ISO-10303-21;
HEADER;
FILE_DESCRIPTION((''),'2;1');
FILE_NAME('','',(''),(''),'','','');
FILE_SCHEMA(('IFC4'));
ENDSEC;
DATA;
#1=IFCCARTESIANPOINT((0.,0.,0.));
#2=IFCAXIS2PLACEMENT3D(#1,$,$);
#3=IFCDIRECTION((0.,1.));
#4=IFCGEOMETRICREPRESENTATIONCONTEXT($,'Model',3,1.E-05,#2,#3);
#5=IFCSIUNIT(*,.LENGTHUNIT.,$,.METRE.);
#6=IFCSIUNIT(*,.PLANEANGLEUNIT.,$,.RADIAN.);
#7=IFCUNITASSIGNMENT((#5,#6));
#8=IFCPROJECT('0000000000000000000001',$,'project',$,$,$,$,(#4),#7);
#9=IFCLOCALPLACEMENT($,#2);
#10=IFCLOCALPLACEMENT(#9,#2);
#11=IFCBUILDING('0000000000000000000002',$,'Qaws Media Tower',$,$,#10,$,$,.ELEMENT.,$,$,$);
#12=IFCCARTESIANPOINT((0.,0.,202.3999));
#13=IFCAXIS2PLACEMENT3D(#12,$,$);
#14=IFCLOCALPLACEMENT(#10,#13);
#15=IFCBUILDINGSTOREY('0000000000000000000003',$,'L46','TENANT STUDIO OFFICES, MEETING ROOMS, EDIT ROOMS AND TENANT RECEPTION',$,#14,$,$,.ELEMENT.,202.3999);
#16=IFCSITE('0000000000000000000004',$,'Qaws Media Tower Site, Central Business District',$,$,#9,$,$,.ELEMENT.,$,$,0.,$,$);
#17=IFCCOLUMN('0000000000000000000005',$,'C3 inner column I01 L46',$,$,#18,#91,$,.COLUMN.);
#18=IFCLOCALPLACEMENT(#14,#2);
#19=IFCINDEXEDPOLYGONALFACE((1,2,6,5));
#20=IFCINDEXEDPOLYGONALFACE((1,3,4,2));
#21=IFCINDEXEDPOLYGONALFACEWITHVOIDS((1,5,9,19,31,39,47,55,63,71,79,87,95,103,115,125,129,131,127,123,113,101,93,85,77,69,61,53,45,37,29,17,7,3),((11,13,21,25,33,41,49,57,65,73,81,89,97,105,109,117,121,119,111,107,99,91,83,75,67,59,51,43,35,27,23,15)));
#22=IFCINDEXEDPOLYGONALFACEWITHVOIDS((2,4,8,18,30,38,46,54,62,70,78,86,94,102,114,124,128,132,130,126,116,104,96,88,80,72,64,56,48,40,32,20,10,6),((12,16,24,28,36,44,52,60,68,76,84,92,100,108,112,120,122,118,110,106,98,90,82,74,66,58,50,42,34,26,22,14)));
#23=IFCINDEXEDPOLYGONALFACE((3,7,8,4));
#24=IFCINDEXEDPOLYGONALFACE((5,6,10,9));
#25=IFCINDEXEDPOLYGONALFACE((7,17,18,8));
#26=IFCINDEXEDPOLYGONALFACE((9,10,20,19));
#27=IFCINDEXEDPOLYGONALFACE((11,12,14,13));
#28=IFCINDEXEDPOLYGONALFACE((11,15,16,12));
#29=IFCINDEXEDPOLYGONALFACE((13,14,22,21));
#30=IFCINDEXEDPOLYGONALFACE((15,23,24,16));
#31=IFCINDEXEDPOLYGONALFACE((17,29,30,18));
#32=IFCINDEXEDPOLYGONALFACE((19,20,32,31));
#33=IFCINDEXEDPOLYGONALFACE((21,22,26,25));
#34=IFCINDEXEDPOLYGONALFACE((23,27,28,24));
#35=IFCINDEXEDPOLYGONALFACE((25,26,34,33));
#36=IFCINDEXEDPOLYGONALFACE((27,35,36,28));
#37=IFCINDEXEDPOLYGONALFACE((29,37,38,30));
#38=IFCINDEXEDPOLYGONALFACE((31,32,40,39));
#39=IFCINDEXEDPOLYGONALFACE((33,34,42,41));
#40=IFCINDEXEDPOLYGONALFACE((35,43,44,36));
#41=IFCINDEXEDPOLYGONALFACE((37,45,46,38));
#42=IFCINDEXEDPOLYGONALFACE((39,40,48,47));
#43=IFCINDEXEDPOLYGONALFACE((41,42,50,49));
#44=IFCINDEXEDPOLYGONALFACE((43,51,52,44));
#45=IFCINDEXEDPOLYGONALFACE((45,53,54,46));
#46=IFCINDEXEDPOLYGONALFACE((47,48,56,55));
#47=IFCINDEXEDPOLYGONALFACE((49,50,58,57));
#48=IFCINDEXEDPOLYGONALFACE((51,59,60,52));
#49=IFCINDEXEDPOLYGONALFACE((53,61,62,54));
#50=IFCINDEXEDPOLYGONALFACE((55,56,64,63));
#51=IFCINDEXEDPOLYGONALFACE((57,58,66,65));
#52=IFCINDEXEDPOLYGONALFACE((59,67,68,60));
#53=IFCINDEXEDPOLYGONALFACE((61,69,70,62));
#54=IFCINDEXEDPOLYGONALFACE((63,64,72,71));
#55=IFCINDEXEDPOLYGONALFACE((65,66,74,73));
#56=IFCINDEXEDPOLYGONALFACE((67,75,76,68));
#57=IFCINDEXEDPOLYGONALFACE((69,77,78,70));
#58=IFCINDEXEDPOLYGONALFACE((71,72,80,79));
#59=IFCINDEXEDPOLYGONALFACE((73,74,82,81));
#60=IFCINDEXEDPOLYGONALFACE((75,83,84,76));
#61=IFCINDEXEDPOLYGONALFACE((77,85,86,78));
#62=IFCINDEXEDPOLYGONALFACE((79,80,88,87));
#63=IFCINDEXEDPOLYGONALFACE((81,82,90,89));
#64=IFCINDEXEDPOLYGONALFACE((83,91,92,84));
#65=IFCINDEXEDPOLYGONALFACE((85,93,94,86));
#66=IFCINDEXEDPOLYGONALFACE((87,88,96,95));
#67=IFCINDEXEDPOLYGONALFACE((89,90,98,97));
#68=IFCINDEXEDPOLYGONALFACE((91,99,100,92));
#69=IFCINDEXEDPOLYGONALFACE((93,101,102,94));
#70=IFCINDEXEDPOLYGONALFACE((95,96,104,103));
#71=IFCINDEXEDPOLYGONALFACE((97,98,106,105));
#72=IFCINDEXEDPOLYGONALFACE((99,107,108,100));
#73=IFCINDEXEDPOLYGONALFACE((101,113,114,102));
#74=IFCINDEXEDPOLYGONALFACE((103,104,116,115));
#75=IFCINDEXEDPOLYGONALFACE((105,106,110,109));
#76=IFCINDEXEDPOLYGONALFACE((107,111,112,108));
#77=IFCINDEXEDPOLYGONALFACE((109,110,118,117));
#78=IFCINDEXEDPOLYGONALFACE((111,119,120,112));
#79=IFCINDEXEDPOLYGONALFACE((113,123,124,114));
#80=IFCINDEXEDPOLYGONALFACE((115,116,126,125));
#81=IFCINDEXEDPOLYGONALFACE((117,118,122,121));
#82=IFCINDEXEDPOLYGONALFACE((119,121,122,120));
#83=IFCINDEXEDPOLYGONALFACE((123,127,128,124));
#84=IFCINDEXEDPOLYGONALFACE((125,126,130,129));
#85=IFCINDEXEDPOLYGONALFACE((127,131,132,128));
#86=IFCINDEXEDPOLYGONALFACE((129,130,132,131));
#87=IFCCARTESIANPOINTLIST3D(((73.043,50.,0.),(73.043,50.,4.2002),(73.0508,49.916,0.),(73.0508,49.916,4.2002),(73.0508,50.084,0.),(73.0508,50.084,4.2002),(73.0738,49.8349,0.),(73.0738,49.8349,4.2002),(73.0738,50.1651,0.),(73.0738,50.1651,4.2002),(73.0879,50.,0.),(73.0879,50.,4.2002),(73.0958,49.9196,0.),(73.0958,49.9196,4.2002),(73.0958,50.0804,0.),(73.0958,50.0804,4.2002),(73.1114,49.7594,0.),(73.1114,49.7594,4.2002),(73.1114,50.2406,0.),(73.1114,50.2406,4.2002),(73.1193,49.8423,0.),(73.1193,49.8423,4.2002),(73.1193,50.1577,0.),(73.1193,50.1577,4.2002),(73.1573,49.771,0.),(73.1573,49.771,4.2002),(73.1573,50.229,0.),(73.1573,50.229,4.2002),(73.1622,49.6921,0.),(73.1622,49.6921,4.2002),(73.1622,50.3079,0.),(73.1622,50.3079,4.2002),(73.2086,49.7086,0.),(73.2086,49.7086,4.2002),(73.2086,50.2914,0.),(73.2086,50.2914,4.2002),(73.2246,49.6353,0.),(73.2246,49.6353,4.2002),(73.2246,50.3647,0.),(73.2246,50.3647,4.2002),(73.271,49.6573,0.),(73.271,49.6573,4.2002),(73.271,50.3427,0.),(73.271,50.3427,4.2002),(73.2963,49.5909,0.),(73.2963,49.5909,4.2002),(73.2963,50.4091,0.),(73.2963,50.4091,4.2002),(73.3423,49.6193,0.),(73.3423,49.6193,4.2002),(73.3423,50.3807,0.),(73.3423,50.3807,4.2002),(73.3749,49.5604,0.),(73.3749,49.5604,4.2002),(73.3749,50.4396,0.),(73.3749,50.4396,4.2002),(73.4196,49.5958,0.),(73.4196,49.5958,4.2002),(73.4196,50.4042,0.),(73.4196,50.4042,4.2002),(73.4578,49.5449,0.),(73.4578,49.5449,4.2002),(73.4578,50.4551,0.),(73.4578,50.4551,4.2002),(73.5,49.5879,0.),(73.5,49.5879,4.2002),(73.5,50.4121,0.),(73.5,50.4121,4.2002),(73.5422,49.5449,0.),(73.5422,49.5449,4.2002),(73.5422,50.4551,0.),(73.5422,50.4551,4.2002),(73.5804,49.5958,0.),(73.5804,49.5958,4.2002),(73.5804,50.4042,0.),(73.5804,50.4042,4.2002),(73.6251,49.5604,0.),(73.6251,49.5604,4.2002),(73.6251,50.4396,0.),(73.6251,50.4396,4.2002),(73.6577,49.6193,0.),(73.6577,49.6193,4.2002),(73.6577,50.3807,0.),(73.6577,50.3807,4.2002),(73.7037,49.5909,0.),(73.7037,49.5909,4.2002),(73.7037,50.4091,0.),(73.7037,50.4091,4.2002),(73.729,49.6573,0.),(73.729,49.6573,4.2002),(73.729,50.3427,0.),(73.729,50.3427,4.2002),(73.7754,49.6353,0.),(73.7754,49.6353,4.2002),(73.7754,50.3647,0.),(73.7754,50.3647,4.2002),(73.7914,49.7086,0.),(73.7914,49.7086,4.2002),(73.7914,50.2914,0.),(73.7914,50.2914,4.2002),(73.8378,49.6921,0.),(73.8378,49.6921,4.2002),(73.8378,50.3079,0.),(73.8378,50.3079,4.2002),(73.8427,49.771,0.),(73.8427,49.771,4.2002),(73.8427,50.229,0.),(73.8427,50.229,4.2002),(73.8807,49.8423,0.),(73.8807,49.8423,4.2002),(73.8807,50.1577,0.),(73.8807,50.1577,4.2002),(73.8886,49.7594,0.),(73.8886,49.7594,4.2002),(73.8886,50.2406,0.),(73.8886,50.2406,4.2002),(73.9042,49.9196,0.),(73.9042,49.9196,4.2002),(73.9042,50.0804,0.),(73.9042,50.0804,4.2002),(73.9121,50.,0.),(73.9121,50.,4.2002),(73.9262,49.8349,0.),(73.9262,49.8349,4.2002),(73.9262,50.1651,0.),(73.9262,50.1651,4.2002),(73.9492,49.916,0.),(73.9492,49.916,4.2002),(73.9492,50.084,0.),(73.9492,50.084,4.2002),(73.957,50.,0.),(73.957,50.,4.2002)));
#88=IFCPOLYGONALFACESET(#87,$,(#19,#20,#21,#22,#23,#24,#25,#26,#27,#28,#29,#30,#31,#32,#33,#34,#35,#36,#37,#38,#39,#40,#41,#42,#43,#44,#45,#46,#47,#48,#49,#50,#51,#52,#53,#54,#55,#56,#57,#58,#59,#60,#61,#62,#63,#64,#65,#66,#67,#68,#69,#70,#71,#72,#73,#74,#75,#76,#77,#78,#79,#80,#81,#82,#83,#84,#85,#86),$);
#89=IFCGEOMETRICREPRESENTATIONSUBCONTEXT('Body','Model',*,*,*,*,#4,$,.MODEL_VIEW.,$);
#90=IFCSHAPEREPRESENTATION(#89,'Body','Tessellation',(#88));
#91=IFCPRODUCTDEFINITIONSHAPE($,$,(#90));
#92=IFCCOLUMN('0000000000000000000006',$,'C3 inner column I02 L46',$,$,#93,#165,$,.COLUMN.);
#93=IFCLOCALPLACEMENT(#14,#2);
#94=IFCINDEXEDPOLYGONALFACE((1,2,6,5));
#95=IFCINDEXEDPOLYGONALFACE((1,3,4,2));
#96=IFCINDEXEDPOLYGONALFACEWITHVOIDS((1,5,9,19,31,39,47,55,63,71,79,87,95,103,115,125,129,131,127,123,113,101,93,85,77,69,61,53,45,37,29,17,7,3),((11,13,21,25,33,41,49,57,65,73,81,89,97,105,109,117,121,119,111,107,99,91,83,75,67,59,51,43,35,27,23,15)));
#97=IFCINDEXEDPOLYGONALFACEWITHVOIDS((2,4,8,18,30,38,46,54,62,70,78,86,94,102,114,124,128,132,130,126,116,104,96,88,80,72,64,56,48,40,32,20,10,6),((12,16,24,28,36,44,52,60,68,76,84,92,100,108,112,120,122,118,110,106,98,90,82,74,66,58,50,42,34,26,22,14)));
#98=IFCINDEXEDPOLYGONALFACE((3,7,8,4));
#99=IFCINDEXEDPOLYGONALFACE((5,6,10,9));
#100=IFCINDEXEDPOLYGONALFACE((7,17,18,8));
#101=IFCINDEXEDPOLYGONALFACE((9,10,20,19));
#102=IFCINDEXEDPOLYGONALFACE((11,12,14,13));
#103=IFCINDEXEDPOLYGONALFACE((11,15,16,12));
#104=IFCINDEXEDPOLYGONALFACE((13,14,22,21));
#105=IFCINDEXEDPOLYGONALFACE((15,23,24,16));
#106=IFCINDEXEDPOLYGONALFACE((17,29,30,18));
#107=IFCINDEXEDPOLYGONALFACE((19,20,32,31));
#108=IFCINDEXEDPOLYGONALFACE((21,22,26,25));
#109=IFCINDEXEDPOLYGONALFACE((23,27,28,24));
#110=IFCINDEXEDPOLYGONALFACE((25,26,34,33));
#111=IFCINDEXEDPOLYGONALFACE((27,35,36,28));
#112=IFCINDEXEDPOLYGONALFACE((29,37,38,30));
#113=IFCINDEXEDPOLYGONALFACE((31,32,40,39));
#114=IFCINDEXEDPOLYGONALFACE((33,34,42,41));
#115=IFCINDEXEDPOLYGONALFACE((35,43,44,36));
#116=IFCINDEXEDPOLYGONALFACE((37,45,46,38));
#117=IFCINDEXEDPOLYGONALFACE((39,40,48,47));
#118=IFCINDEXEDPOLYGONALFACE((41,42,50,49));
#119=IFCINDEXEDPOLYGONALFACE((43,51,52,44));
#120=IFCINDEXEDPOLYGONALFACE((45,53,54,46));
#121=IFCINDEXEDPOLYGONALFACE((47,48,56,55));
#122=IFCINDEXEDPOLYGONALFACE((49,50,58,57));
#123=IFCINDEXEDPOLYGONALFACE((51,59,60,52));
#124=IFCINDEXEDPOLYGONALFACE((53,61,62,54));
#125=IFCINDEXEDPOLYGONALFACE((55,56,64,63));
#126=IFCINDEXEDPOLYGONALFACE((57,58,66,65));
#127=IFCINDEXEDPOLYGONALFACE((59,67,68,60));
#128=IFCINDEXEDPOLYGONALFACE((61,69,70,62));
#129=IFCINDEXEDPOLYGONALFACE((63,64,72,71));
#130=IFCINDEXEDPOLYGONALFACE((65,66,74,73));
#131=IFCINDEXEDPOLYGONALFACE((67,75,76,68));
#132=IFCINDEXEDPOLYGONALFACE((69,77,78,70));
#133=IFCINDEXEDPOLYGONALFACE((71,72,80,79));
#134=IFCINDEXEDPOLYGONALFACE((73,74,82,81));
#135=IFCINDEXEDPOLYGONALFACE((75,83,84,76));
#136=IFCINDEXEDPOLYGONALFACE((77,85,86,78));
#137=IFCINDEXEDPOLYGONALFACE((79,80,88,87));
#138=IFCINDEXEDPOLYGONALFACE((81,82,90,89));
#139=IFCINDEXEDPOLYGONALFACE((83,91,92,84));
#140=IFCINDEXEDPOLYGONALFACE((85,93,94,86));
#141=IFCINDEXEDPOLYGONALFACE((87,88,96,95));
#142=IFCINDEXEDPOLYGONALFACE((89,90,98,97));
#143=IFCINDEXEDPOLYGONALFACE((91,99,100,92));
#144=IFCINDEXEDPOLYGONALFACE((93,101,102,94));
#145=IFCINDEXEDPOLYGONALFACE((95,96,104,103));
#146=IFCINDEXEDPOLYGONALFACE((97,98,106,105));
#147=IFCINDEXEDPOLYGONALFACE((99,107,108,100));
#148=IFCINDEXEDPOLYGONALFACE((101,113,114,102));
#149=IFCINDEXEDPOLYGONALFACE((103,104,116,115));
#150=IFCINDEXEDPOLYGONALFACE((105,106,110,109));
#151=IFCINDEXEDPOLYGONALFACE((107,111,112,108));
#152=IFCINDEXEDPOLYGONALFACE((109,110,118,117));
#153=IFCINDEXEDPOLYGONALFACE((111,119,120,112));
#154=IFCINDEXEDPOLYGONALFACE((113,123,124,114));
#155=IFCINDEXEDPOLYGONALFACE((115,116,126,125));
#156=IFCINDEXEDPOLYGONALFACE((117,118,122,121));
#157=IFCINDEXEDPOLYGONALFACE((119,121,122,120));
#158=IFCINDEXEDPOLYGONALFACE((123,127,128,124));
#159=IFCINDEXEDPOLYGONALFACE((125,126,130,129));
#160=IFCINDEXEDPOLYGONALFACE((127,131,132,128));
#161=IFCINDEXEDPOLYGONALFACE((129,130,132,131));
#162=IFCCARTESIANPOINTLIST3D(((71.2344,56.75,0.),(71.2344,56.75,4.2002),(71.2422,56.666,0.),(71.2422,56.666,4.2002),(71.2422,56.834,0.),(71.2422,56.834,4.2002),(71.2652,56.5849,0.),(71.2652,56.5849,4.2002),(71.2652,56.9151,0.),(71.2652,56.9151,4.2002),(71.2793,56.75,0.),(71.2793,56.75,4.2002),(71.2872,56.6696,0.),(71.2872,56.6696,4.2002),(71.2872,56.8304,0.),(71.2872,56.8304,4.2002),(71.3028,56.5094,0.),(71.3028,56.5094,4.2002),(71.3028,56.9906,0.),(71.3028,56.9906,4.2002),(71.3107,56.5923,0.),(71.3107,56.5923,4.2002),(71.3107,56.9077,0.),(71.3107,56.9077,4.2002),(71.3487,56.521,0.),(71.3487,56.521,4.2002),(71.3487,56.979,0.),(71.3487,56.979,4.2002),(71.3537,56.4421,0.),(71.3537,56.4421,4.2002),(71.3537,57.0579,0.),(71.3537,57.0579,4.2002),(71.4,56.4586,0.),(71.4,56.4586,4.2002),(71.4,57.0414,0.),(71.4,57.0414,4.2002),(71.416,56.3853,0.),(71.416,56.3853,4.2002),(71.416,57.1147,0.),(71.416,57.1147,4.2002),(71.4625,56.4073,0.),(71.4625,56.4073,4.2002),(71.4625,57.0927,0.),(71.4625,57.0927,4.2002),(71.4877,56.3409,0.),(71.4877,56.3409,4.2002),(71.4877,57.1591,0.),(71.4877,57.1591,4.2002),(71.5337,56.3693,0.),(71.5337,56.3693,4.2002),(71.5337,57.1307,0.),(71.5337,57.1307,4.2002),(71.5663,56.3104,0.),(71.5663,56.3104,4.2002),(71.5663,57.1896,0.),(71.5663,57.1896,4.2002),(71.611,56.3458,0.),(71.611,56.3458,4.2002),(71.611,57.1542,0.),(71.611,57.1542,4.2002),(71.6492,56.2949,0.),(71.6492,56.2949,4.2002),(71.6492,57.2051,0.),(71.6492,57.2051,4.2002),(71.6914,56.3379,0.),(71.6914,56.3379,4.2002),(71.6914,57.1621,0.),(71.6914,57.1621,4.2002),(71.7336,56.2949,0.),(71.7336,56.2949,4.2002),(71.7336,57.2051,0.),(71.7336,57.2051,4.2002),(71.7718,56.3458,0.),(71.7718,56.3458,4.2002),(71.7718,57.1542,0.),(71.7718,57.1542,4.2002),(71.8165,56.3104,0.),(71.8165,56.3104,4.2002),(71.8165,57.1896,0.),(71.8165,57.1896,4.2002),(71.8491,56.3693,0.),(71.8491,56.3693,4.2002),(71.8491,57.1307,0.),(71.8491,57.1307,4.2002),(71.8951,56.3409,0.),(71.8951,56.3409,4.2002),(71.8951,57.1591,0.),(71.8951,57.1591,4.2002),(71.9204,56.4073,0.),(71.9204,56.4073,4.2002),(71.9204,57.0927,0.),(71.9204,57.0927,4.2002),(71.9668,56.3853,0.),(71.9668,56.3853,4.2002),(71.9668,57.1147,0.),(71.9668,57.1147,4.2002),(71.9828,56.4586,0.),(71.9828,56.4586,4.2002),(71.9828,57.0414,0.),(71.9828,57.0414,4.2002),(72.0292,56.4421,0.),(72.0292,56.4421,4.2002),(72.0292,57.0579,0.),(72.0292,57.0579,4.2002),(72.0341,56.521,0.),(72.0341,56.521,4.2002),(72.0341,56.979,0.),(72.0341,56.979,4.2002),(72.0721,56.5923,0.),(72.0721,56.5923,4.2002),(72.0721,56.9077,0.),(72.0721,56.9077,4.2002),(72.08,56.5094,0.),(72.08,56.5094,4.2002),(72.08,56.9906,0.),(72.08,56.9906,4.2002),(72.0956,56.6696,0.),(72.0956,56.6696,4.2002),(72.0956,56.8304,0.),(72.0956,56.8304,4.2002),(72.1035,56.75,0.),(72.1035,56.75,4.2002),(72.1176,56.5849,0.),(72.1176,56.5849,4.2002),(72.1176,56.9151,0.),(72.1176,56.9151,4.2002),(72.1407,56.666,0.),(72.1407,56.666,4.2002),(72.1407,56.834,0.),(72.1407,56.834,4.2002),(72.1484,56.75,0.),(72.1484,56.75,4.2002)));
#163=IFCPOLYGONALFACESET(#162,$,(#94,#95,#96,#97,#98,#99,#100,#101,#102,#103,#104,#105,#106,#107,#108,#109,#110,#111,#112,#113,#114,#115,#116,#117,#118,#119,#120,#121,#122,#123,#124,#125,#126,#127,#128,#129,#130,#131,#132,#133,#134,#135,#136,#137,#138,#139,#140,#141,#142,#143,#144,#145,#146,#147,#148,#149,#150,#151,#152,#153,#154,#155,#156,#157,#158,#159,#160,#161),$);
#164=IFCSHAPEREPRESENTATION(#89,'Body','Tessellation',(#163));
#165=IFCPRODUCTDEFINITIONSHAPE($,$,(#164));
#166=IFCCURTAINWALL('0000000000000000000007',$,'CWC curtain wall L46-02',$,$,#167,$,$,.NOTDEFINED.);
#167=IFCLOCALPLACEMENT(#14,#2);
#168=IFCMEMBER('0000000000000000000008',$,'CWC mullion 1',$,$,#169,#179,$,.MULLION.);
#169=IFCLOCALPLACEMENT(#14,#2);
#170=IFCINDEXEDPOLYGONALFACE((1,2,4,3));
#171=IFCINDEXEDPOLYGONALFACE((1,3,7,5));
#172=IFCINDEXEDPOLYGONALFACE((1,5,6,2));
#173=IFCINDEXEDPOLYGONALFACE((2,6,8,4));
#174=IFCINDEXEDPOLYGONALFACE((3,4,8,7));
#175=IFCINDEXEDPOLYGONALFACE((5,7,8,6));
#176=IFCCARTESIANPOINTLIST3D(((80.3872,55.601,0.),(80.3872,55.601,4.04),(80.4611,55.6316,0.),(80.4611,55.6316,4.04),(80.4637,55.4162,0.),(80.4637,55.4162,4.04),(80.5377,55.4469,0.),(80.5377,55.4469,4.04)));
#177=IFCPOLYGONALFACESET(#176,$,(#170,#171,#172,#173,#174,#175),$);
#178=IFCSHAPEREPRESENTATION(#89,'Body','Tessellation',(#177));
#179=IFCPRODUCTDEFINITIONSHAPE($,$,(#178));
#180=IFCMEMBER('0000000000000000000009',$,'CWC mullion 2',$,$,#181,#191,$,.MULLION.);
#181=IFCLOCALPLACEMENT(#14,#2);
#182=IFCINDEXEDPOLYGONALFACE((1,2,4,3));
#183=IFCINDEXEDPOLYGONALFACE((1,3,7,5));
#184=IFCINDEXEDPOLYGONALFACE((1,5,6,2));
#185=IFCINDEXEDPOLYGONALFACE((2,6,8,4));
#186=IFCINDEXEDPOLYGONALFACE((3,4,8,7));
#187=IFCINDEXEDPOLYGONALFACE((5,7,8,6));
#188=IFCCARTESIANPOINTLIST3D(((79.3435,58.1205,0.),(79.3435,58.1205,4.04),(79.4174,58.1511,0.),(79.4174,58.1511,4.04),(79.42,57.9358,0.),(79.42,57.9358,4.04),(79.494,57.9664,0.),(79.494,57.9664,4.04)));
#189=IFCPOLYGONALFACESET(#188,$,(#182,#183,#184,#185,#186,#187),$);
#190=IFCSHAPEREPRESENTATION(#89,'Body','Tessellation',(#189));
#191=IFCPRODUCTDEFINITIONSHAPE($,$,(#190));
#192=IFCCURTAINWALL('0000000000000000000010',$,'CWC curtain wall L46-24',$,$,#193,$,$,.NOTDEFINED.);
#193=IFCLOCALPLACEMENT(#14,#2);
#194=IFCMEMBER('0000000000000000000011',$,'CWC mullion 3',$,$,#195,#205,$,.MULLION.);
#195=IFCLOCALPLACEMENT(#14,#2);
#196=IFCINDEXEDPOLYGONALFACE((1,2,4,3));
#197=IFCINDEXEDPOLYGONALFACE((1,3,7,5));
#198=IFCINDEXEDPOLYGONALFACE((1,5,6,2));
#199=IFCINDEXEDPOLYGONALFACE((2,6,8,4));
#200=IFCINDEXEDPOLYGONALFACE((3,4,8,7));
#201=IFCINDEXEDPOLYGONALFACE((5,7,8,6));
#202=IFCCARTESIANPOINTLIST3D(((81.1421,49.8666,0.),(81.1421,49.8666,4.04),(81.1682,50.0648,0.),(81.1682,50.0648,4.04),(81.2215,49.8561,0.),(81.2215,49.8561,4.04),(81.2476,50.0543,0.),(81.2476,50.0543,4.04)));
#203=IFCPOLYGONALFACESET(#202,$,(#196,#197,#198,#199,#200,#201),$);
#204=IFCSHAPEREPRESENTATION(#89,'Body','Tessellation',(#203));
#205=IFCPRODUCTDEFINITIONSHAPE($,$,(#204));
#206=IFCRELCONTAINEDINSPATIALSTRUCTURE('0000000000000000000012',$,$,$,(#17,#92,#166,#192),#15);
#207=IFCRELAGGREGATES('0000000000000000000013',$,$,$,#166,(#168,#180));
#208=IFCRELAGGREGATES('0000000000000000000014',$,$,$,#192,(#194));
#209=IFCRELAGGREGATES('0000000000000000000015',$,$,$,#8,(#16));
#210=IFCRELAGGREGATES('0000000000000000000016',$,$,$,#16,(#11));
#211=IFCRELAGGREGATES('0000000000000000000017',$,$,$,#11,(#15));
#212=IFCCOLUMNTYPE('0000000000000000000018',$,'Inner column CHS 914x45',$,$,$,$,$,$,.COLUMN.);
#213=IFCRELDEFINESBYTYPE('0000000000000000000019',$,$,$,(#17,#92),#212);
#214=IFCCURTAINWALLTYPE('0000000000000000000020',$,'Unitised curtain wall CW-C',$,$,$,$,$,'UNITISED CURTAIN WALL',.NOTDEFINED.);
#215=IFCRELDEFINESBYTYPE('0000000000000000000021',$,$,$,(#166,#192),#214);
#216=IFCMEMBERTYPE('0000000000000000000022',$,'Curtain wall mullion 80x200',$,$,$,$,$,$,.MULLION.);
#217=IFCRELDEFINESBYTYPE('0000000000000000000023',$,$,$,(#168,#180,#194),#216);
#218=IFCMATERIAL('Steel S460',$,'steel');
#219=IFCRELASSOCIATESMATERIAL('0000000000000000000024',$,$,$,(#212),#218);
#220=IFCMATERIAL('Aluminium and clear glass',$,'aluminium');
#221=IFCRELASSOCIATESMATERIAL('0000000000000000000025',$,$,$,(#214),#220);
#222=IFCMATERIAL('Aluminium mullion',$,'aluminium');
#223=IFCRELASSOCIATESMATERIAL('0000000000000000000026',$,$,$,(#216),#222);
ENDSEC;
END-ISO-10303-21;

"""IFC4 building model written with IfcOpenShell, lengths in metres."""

from ifc_helpers import new_model, si_unit, direction, frame, origin, origin_2d, place, context, subcontext, project, spatial, rectangle, hollow_circle, extrude, material, material_profile, profile_set, type_object, element, aggregate, save


model = new_model("IFC4")

# Units and contexts
model_context = context("Model", 3, precision=1e-05, world=origin(), true_north=direction((0.0, 1.0)))
body_context = subcontext(model_context, "Body", "Model", "MODEL_VIEW")
ifc_project = project(units=[si_unit("LENGTHUNIT", "METRE"), si_unit("PLANEANGLEUNIT", "RADIAN")], contexts=[model_context])

# Site, building, storey
site_placement = place(None, origin())
site = spatial("IfcSite", under=ifc_project, at=site_placement, Name="Qaws Media Tower Site, Central Business District", CompositionType="ELEMENT", RefElevation=0.0)
building_placement = place(site_placement, origin())
building = spatial("IfcBuilding", under=site, at=building_placement, Name="Qaws Media Tower", CompositionType="ELEMENT")
storey_placement = place(building_placement, frame((0.0, 0.0, 202.3999)))
storey = spatial("IfcBuildingStorey", under=building, at=storey_placement, Name="L46", Description="TENANT STUDIO OFFICES, MEETING ROOMS, EDIT ROOMS AND TENANT RECEPTION", CompositionType="ELEMENT", Elevation=202.3999)

# Columns
ifc_material_1 = material(Name="Steel S460", Category="steel")
ifc_material_profile_1 = material_profile(ifc_material_1, hollow_circle(Radius=0.457, WallThickness=0.0449, at=origin_2d()), Name="CHS 914x45")
ifc_profile_set_1 = profile_set([ifc_material_profile_1], Name="Steel S460")
column_type = type_object("IfcColumnType", Name="Inner column CHS 914x45", PredefinedType="COLUMN", material=ifc_profile_set_1)
for number, where, z_axis, x_axis, name in (
    (1, (73.5, 50.0, 0.0), (0.0, 0.0, 1.0), (1.0, 0.0, 0.0), "C3 inner column I01 L46"),
    (2, (71.6914, 56.75, 0.0), (0.0, 0.0, 1.0), (1.0, 0.0, 0.0), "C3 inner column I02 L46"),
):
    element("IfcColumn", number, at=place(storey_placement, frame(where, z_axis=z_axis, x_axis=x_axis)), inside=storey, type_object=column_type, Name=name, PredefinedType="COLUMN", context=body_context, shape_type="SweptSolid", body=[
        extrude(hollow_circle(Radius=0.457, WallThickness=0.0449, at=origin_2d()), origin(), (0.0, 0.0, 1.0), 4.2002),
    ])

# Curtain wall, members
ifc_material_2 = material(Name="Aluminium and clear glass", Category="aluminium")
curtain_wall_type = type_object("IfcCurtainWallType", Name="Unitised curtain wall CW-C", ElementType="UNITISED CURTAIN WALL", PredefinedType="NOTDEFINED", material=ifc_material_2)
curtain_wall_1_placement = place(storey_placement, origin())
curtain_wall_1 = element("IfcCurtainWall", 3, at=curtain_wall_1_placement, inside=storey, type_object=curtain_wall_type, Name="CWC curtain wall L46-02", PredefinedType="NOTDEFINED")
ifc_material_3 = material(Name="Aluminium mullion", Category="aluminium")
ifc_material_profile_2 = material_profile(ifc_material_3, rectangle(XDim=0.0801, YDim=0.2, at=origin_2d()), Name="80x200")
ifc_profile_set_2 = profile_set([ifc_material_profile_2], Name="Aluminium mullion")
member_type_1 = type_object("IfcMemberType", Name="Curtain wall mullion 80x200", PredefinedType="MULLION", material=ifc_profile_set_2)
member_1_placement = place(storey_placement, frame((80.4624, 55.5239, 0.0), z_axis=(0.0, 0.0, 1.0), x_axis=(-0.92388, -0.382683, 0.0)))
member_1 = element("IfcMember", 4, at=member_1_placement, type_object=member_type_1, Name="CWC mullion 1", PredefinedType="MULLION", context=body_context, shape_type="SweptSolid", body=[
    extrude(rectangle(XDim=0.0801, YDim=0.2, at=origin_2d()), origin(), (0.0, 0.0, 1.0), 4.04),
])
member_2_placement = place(storey_placement, frame((79.4187, 58.0435, 0.0), z_axis=(0.0, 0.0, 1.0), x_axis=(-0.92388, -0.382683, 0.0)))
member_2 = element("IfcMember", 5, at=member_2_placement, type_object=member_type_1, Name="CWC mullion 2", PredefinedType="MULLION", context=body_context, shape_type="SweptSolid", body=[
    extrude(rectangle(XDim=0.0801, YDim=0.2, at=origin_2d()), origin(), (0.0, 0.0, 1.0), 4.04),
])

# Curtain wall, member
curtain_wall_2_placement = place(storey_placement, origin())
curtain_wall_2 = element("IfcCurtainWall", 6, at=curtain_wall_2_placement, inside=storey, type_object=curtain_wall_type, Name="CWC curtain wall L46-24", PredefinedType="NOTDEFINED")
member_3_placement = place(storey_placement, frame((81.1948, 49.9604, 0.0), z_axis=(0.0, 0.0, 1.0), x_axis=(-0.991445, 0.130526, 0.0)))
member_3 = element("IfcMember", 7, at=member_3_placement, type_object=member_type_1, Name="CWC mullion 3", PredefinedType="MULLION", context=body_context, shape_type="SweptSolid", body=[
    extrude(rectangle(XDim=0.0801, YDim=0.2, at=origin_2d()), origin(), (0.0, 0.0, 1.0), 4.04),
])

aggregate(curtain_wall_1, [member_1, member_2])
aggregate(curtain_wall_2, [member_3])

save(model, "model.ifc")
